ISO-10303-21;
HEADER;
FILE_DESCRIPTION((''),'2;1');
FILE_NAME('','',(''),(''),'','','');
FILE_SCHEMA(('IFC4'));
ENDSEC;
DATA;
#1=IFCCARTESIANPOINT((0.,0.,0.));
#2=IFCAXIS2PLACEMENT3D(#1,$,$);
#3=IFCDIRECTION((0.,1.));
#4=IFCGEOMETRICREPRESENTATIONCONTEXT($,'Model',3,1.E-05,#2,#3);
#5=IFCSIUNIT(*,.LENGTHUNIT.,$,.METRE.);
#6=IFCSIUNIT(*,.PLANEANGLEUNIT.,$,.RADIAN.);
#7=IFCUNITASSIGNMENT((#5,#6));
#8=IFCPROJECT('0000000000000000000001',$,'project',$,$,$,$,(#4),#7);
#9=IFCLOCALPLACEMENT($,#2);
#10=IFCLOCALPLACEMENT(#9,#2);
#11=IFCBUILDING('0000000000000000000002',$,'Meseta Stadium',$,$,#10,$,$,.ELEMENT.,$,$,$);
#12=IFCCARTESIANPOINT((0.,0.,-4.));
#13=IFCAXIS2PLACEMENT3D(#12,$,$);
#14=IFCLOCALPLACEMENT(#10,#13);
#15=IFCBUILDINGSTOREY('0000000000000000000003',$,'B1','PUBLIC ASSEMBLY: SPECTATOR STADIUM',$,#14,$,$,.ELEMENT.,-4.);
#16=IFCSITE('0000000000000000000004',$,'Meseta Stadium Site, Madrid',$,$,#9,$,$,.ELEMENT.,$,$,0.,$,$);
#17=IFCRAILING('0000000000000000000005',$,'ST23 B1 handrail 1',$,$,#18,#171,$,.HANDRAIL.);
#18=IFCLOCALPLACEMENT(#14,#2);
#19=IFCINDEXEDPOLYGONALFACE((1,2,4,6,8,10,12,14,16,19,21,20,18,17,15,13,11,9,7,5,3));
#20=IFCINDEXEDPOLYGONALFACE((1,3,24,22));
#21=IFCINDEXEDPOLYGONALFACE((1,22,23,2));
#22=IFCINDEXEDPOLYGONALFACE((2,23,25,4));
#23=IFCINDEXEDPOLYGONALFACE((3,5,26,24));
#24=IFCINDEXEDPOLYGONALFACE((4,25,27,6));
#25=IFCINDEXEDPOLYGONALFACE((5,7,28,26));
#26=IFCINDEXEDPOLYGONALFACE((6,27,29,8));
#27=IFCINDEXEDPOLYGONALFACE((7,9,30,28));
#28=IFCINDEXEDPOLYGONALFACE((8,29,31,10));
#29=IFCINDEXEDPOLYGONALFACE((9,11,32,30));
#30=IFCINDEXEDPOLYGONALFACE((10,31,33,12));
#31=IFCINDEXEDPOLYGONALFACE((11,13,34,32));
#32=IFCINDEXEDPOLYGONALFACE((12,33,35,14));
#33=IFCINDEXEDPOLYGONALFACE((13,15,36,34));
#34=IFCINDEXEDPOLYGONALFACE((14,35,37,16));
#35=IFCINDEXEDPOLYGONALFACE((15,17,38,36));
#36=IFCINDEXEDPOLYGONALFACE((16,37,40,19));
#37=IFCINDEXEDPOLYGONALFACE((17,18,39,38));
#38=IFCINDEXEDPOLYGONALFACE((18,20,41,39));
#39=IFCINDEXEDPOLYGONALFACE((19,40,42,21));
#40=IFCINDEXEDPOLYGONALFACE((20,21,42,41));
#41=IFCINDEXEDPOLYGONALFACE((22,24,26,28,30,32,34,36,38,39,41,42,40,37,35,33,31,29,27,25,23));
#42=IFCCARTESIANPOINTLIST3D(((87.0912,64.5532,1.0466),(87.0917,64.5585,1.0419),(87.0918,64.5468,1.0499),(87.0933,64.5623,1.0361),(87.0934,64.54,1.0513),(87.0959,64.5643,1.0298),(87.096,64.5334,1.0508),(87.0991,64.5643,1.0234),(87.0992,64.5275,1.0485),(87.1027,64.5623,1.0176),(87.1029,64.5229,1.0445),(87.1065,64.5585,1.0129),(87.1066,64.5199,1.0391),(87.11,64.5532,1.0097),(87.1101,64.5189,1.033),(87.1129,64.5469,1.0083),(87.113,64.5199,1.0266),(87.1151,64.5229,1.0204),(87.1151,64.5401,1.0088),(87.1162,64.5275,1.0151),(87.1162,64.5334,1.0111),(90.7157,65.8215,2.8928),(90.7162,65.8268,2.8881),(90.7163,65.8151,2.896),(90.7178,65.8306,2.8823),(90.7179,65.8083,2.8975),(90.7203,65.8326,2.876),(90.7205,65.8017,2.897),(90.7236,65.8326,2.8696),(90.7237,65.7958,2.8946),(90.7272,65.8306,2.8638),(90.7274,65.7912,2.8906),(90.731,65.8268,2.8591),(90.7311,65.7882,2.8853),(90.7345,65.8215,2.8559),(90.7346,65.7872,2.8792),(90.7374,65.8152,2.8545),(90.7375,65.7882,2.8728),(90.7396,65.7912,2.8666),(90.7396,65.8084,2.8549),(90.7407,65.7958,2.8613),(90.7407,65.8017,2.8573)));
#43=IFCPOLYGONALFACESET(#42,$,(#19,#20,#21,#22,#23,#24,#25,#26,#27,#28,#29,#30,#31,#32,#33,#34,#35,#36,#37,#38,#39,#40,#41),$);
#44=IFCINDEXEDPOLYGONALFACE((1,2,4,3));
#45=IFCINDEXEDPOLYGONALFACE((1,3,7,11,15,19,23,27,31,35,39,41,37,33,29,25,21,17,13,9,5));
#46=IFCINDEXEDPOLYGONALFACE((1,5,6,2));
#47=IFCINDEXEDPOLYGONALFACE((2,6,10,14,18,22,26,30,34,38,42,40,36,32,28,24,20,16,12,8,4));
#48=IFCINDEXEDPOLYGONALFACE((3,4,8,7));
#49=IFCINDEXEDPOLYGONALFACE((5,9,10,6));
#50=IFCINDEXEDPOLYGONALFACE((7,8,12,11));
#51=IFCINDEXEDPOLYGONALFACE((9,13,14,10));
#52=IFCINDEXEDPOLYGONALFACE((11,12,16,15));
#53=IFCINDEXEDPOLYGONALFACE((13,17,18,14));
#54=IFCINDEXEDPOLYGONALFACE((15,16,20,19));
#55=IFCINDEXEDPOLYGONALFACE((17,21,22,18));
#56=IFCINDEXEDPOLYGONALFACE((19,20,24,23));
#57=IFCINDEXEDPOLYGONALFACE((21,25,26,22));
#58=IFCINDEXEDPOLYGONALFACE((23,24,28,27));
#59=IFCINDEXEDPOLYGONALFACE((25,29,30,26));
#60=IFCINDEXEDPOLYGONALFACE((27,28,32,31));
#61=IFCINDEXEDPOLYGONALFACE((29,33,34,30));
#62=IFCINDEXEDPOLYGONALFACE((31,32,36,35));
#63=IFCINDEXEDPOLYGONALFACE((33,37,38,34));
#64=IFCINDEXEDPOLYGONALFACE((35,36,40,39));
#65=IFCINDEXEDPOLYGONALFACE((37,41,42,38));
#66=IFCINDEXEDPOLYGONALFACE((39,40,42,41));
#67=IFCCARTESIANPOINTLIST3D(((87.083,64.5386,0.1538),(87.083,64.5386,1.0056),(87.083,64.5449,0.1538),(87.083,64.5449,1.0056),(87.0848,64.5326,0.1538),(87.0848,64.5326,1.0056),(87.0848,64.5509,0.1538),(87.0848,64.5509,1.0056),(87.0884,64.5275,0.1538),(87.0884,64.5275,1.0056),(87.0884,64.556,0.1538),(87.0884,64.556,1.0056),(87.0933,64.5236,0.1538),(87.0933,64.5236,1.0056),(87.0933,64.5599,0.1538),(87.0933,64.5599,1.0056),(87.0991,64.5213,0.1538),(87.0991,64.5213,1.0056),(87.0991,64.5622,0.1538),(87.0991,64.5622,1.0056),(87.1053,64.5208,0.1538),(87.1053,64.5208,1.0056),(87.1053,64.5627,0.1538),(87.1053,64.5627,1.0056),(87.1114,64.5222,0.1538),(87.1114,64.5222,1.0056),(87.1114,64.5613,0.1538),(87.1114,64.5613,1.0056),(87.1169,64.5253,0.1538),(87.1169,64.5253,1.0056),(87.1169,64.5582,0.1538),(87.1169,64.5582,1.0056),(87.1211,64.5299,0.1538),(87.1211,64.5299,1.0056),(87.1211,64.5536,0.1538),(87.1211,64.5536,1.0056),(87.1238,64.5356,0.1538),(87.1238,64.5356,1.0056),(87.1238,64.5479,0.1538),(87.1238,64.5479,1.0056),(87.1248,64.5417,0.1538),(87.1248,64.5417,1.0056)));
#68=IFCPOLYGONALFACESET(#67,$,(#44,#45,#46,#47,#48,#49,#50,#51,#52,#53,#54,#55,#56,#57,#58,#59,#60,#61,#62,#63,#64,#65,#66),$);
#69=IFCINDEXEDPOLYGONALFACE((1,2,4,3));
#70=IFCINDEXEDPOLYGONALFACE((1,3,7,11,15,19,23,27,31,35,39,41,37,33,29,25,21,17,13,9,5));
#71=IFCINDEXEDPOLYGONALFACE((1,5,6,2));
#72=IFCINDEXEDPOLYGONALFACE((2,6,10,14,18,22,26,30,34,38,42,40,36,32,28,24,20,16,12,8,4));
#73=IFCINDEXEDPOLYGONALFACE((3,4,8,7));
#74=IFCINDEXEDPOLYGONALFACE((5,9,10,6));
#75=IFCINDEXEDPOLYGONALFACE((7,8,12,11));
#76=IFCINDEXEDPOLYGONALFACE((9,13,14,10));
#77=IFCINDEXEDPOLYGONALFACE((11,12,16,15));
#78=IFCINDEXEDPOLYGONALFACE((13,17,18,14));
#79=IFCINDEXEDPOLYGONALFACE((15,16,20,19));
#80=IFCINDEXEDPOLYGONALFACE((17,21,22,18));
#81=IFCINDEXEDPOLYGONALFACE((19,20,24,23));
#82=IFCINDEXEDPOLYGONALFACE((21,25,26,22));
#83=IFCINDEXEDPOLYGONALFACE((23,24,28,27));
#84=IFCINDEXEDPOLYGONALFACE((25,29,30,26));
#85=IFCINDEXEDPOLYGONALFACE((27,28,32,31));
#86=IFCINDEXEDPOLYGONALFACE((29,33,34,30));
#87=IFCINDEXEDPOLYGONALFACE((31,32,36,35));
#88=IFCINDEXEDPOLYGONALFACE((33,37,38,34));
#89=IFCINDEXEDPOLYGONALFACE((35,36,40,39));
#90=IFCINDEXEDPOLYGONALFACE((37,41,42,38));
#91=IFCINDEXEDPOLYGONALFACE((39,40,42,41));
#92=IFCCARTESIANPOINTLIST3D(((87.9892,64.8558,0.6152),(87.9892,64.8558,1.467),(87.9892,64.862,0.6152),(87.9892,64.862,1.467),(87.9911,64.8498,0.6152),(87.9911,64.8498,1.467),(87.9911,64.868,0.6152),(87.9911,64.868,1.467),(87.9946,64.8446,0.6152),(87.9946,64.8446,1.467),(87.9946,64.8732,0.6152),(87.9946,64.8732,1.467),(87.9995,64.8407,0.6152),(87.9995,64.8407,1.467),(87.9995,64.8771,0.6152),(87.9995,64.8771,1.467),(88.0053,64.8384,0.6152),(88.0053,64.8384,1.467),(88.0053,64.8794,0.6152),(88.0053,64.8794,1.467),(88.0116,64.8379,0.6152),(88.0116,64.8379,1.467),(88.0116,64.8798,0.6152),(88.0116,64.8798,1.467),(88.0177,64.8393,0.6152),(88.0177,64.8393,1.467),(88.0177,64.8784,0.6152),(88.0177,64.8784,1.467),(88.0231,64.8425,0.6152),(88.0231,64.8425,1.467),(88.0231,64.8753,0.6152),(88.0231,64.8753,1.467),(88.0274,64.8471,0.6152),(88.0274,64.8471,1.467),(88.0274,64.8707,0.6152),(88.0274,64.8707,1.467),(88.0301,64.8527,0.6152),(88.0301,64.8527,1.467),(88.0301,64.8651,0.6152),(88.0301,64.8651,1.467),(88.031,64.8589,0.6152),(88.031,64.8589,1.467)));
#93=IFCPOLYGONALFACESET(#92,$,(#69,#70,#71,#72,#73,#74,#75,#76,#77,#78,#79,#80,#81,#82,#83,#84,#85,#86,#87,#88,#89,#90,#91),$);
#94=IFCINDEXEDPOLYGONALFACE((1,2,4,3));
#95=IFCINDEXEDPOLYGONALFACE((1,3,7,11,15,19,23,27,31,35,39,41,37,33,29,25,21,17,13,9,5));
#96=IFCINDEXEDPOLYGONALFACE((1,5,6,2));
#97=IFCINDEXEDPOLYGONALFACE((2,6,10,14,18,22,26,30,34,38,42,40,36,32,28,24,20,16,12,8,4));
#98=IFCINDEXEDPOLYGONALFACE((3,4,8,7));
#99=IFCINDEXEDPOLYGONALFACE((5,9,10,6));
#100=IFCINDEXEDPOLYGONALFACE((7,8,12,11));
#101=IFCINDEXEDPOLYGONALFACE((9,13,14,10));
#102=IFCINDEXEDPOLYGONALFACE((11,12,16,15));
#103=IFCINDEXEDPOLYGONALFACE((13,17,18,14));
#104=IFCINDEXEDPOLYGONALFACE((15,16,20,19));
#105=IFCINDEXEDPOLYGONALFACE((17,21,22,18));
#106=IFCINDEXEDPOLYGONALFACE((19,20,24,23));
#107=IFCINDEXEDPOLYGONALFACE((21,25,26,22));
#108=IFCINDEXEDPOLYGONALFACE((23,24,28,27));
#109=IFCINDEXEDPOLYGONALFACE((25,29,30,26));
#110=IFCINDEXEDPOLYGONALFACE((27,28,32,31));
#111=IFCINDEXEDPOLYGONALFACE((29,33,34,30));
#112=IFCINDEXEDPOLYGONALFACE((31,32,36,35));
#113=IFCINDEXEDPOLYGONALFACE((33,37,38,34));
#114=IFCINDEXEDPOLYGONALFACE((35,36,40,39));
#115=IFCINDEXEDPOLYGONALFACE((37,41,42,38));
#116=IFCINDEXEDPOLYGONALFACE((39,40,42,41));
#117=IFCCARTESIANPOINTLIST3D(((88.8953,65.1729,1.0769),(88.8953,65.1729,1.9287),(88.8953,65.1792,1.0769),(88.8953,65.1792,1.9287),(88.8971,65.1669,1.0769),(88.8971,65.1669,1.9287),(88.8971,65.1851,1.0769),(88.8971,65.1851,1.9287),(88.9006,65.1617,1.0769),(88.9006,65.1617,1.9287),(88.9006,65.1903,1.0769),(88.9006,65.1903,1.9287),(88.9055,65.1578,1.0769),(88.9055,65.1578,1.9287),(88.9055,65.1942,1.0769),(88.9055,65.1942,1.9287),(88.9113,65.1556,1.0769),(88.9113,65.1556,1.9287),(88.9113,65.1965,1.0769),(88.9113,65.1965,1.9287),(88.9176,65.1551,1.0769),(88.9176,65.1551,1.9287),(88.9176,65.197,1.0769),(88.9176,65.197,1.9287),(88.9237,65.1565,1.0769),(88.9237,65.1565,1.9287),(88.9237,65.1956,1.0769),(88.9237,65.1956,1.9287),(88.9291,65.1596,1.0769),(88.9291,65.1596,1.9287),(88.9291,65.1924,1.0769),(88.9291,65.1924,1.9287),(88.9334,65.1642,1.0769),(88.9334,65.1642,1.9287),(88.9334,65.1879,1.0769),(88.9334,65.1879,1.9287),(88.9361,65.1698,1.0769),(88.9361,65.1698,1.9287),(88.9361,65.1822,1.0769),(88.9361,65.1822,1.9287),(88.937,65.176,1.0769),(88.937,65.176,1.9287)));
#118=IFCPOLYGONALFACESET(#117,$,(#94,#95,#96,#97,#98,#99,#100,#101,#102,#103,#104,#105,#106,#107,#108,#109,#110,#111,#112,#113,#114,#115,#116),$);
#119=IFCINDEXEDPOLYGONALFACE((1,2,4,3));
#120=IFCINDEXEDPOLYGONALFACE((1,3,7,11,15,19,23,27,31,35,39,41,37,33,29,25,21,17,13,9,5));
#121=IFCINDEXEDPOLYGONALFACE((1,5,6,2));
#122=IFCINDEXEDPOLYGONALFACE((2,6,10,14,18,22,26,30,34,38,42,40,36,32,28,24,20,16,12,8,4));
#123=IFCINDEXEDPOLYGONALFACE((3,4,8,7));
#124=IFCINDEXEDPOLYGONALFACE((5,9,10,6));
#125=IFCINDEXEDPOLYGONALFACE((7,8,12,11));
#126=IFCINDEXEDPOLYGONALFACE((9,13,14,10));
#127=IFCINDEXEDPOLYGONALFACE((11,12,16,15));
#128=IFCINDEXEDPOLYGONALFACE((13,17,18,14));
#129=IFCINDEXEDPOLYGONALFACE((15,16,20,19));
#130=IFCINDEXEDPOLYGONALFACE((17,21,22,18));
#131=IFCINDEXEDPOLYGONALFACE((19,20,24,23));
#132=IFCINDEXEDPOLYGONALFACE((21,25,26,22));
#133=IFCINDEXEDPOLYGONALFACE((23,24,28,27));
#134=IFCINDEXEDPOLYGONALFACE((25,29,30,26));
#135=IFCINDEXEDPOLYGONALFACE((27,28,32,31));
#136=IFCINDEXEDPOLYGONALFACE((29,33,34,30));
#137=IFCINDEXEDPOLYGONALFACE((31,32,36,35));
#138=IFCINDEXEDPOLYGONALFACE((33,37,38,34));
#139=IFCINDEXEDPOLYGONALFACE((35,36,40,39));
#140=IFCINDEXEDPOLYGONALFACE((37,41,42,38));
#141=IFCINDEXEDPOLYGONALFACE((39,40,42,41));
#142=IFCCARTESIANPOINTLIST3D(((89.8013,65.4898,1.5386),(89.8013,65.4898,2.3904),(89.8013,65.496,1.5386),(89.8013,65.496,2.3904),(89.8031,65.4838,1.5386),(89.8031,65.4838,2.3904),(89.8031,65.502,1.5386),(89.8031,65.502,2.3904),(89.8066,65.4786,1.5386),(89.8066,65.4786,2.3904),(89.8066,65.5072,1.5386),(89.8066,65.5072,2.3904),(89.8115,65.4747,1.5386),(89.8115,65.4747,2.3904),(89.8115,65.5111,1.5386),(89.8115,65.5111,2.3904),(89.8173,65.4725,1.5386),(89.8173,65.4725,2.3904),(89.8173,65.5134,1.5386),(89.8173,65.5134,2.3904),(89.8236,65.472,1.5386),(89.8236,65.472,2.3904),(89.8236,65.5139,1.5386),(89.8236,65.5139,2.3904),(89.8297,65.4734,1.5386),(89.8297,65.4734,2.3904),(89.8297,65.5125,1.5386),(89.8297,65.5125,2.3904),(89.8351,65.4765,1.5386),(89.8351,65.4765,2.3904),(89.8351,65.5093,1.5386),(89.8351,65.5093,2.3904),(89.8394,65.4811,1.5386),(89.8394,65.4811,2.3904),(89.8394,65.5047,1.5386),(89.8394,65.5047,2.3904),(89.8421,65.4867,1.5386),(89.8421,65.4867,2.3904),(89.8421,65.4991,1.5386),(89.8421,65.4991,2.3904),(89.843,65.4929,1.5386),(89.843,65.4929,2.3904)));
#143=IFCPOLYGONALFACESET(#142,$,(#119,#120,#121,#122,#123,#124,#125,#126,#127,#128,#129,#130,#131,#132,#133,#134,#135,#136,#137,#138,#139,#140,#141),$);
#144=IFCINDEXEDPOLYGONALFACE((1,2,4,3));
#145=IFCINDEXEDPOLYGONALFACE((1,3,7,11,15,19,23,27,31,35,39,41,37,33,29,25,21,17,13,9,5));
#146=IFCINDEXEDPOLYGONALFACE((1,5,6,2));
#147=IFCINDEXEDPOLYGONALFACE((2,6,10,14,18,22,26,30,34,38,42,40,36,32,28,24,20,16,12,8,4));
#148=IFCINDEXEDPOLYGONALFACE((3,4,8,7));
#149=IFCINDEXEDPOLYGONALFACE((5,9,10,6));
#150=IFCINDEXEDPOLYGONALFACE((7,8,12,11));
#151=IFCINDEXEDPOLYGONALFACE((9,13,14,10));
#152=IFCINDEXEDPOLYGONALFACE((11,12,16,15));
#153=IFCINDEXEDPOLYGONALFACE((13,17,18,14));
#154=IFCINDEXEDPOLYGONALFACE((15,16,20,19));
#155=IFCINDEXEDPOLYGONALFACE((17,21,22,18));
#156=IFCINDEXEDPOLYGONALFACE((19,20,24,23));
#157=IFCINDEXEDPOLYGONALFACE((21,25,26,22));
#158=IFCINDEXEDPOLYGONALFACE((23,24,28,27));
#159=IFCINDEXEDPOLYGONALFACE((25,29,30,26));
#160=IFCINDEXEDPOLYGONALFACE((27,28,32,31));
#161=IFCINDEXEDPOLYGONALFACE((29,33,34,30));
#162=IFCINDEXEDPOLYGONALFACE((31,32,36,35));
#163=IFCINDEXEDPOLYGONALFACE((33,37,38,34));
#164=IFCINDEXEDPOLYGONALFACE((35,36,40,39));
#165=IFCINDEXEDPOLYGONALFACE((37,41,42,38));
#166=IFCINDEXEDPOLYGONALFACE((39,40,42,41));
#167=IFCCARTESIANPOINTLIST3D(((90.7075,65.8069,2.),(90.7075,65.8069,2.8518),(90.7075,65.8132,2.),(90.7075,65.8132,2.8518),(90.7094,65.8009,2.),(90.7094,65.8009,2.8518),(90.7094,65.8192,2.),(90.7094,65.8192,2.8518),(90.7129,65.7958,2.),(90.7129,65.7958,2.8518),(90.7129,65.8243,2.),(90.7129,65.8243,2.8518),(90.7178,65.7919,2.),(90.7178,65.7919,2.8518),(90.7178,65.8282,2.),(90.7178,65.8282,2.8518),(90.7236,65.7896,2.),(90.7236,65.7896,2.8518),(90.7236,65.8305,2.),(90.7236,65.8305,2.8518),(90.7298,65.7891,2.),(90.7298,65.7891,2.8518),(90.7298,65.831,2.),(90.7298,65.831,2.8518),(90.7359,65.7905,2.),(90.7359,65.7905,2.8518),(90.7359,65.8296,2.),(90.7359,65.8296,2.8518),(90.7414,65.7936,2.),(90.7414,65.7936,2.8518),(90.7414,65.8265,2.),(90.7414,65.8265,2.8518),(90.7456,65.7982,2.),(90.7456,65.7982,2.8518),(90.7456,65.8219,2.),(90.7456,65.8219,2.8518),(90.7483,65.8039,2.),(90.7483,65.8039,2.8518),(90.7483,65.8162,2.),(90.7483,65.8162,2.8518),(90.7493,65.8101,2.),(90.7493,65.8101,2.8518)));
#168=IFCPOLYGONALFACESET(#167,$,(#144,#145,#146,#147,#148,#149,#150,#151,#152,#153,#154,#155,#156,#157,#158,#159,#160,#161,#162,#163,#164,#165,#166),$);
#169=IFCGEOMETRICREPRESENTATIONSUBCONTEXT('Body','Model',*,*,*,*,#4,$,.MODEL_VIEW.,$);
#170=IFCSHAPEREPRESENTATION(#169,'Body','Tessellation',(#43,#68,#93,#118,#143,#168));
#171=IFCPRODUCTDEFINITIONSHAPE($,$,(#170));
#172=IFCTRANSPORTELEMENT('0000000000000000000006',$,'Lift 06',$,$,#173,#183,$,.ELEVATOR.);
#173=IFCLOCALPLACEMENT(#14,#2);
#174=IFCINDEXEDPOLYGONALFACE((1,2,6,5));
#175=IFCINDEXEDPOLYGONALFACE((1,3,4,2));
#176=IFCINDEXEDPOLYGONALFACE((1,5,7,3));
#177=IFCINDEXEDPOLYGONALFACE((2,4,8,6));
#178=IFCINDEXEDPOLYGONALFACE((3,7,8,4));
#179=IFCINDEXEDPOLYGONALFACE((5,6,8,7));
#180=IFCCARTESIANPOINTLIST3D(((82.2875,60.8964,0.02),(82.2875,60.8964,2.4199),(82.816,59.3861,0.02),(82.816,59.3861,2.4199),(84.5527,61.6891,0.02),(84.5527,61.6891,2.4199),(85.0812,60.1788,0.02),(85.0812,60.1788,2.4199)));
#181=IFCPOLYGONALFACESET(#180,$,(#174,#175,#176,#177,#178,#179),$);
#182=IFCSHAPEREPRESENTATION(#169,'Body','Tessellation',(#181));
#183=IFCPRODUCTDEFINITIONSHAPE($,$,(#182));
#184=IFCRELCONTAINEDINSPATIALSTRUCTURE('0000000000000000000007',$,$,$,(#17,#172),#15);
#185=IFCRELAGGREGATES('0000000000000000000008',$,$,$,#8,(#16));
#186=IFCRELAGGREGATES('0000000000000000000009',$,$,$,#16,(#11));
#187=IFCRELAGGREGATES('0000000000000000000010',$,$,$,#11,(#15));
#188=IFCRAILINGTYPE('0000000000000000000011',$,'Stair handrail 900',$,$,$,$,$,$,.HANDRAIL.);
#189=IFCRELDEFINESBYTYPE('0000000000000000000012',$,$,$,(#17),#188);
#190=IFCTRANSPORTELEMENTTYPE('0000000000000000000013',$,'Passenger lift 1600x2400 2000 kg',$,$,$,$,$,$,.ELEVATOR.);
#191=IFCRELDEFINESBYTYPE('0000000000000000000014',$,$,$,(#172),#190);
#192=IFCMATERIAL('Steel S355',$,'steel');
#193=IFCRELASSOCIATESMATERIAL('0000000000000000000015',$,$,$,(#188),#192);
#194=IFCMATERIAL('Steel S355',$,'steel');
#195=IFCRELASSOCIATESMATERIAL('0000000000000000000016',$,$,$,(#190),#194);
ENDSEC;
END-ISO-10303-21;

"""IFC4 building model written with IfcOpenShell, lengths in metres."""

from ifc_helpers import new_model, si_unit, direction, frame, origin, origin_2d, place, context, subcontext, project, spatial, rectangle, circle, extrude, material, type_object, element, save


model = new_model("IFC4")

# Units and contexts
model_context = context("Model", 3, precision=1e-05, world=origin(), true_north=direction((0.0, 1.0)))
body_context = subcontext(model_context, "Body", "Model", "MODEL_VIEW")
ifc_project = project(units=[si_unit("LENGTHUNIT", "METRE"), si_unit("PLANEANGLEUNIT", "RADIAN")], contexts=[model_context])

# Site, building, storey
site_placement = place(None, origin())
site = spatial("IfcSite", under=ifc_project, at=site_placement, Name="Meseta Stadium Site, Madrid", CompositionType="ELEMENT", RefElevation=0.0)
building_placement = place(site_placement, origin())
building = spatial("IfcBuilding", under=site, at=building_placement, Name="Meseta Stadium", CompositionType="ELEMENT")
storey_placement = place(building_placement, frame((0.0, 0.0, -4.0)))
storey = spatial("IfcBuildingStorey", under=building, at=storey_placement, Name="B1", Description="PUBLIC ASSEMBLY: SPECTATOR STADIUM", CompositionType="ELEMENT", Elevation=-4.0)

# Railing
ifc_material_1 = material(Name="Steel S355", Category="steel")
railing_type_1 = type_object("IfcRailingType", Name="Stair handrail 900", PredefinedType="HANDRAIL", material=ifc_material_1)
railing_1_placement = place(storey_placement, frame((87.1038, 64.5417, 0.1538)))
element("IfcRailing", 1, at=railing_1_placement, inside=storey, type_object=railing_type_1, Name="ST23 B1 handrail 1", PredefinedType="HANDRAIL", context=body_context, shape_type="SweptSolid", body=[
    extrude(circle(Radius=0.0239, at=origin_2d()), frame((0.0, 0.0, 0.876), z_axis=(0.850672, 0.297672, 0.4333), x_axis=(-0.330288, 0.94388, 0.0)), (0.0, 0.0, 1.0), 4.2607),
    extrude(circle(Radius=0.021, at=origin_2d()), origin(), (0.0, 0.0, 1.0), 0.8518),
    extrude(circle(Radius=0.021, at=origin_2d()), frame((0.9062, 0.3171, 0.4614)), (0.0, 0.0, 1.0), 0.8518),
    extrude(circle(Radius=0.021, at=origin_2d()), frame((1.8123, 0.6343, 0.9231)), (0.0, 0.0, 1.0), 0.8518),
    extrude(circle(Radius=0.021, at=origin_2d()), frame((2.7183, 0.9512, 1.3848)), (0.0, 0.0, 1.0), 0.8518),
    extrude(circle(Radius=0.021, at=origin_2d()), frame((3.6245, 1.2683, 1.8462)), (0.0, 0.0, 1.0), 0.8518),
])

# Transport element
ifc_material_2 = material(Name="Steel S355", Category="steel")
transport_element_type = type_object("IfcTransportElementType", Name="Passenger lift 1600x2400 2000 kg", PredefinedType="ELEVATOR", material=ifc_material_2)
transport_element_placement = place(storey_placement, frame((83.6843, 60.5376, 0.02), z_axis=(0.0, 0.0, 1.0), x_axis=(-0.943883, -0.330279, 0.0)))
element("IfcTransportElement", 2, at=transport_element_placement, inside=storey, type_object=transport_element_type, Name="Lift 06", PredefinedType="ELEVATOR", context=body_context, shape_type="SweptSolid", body=[
    extrude(rectangle(XDim=2.3999, YDim=1.6001, at=origin_2d()), origin(), (0.0, 0.0, 1.0), 2.3999),
])

save(model, "model.ifc")
